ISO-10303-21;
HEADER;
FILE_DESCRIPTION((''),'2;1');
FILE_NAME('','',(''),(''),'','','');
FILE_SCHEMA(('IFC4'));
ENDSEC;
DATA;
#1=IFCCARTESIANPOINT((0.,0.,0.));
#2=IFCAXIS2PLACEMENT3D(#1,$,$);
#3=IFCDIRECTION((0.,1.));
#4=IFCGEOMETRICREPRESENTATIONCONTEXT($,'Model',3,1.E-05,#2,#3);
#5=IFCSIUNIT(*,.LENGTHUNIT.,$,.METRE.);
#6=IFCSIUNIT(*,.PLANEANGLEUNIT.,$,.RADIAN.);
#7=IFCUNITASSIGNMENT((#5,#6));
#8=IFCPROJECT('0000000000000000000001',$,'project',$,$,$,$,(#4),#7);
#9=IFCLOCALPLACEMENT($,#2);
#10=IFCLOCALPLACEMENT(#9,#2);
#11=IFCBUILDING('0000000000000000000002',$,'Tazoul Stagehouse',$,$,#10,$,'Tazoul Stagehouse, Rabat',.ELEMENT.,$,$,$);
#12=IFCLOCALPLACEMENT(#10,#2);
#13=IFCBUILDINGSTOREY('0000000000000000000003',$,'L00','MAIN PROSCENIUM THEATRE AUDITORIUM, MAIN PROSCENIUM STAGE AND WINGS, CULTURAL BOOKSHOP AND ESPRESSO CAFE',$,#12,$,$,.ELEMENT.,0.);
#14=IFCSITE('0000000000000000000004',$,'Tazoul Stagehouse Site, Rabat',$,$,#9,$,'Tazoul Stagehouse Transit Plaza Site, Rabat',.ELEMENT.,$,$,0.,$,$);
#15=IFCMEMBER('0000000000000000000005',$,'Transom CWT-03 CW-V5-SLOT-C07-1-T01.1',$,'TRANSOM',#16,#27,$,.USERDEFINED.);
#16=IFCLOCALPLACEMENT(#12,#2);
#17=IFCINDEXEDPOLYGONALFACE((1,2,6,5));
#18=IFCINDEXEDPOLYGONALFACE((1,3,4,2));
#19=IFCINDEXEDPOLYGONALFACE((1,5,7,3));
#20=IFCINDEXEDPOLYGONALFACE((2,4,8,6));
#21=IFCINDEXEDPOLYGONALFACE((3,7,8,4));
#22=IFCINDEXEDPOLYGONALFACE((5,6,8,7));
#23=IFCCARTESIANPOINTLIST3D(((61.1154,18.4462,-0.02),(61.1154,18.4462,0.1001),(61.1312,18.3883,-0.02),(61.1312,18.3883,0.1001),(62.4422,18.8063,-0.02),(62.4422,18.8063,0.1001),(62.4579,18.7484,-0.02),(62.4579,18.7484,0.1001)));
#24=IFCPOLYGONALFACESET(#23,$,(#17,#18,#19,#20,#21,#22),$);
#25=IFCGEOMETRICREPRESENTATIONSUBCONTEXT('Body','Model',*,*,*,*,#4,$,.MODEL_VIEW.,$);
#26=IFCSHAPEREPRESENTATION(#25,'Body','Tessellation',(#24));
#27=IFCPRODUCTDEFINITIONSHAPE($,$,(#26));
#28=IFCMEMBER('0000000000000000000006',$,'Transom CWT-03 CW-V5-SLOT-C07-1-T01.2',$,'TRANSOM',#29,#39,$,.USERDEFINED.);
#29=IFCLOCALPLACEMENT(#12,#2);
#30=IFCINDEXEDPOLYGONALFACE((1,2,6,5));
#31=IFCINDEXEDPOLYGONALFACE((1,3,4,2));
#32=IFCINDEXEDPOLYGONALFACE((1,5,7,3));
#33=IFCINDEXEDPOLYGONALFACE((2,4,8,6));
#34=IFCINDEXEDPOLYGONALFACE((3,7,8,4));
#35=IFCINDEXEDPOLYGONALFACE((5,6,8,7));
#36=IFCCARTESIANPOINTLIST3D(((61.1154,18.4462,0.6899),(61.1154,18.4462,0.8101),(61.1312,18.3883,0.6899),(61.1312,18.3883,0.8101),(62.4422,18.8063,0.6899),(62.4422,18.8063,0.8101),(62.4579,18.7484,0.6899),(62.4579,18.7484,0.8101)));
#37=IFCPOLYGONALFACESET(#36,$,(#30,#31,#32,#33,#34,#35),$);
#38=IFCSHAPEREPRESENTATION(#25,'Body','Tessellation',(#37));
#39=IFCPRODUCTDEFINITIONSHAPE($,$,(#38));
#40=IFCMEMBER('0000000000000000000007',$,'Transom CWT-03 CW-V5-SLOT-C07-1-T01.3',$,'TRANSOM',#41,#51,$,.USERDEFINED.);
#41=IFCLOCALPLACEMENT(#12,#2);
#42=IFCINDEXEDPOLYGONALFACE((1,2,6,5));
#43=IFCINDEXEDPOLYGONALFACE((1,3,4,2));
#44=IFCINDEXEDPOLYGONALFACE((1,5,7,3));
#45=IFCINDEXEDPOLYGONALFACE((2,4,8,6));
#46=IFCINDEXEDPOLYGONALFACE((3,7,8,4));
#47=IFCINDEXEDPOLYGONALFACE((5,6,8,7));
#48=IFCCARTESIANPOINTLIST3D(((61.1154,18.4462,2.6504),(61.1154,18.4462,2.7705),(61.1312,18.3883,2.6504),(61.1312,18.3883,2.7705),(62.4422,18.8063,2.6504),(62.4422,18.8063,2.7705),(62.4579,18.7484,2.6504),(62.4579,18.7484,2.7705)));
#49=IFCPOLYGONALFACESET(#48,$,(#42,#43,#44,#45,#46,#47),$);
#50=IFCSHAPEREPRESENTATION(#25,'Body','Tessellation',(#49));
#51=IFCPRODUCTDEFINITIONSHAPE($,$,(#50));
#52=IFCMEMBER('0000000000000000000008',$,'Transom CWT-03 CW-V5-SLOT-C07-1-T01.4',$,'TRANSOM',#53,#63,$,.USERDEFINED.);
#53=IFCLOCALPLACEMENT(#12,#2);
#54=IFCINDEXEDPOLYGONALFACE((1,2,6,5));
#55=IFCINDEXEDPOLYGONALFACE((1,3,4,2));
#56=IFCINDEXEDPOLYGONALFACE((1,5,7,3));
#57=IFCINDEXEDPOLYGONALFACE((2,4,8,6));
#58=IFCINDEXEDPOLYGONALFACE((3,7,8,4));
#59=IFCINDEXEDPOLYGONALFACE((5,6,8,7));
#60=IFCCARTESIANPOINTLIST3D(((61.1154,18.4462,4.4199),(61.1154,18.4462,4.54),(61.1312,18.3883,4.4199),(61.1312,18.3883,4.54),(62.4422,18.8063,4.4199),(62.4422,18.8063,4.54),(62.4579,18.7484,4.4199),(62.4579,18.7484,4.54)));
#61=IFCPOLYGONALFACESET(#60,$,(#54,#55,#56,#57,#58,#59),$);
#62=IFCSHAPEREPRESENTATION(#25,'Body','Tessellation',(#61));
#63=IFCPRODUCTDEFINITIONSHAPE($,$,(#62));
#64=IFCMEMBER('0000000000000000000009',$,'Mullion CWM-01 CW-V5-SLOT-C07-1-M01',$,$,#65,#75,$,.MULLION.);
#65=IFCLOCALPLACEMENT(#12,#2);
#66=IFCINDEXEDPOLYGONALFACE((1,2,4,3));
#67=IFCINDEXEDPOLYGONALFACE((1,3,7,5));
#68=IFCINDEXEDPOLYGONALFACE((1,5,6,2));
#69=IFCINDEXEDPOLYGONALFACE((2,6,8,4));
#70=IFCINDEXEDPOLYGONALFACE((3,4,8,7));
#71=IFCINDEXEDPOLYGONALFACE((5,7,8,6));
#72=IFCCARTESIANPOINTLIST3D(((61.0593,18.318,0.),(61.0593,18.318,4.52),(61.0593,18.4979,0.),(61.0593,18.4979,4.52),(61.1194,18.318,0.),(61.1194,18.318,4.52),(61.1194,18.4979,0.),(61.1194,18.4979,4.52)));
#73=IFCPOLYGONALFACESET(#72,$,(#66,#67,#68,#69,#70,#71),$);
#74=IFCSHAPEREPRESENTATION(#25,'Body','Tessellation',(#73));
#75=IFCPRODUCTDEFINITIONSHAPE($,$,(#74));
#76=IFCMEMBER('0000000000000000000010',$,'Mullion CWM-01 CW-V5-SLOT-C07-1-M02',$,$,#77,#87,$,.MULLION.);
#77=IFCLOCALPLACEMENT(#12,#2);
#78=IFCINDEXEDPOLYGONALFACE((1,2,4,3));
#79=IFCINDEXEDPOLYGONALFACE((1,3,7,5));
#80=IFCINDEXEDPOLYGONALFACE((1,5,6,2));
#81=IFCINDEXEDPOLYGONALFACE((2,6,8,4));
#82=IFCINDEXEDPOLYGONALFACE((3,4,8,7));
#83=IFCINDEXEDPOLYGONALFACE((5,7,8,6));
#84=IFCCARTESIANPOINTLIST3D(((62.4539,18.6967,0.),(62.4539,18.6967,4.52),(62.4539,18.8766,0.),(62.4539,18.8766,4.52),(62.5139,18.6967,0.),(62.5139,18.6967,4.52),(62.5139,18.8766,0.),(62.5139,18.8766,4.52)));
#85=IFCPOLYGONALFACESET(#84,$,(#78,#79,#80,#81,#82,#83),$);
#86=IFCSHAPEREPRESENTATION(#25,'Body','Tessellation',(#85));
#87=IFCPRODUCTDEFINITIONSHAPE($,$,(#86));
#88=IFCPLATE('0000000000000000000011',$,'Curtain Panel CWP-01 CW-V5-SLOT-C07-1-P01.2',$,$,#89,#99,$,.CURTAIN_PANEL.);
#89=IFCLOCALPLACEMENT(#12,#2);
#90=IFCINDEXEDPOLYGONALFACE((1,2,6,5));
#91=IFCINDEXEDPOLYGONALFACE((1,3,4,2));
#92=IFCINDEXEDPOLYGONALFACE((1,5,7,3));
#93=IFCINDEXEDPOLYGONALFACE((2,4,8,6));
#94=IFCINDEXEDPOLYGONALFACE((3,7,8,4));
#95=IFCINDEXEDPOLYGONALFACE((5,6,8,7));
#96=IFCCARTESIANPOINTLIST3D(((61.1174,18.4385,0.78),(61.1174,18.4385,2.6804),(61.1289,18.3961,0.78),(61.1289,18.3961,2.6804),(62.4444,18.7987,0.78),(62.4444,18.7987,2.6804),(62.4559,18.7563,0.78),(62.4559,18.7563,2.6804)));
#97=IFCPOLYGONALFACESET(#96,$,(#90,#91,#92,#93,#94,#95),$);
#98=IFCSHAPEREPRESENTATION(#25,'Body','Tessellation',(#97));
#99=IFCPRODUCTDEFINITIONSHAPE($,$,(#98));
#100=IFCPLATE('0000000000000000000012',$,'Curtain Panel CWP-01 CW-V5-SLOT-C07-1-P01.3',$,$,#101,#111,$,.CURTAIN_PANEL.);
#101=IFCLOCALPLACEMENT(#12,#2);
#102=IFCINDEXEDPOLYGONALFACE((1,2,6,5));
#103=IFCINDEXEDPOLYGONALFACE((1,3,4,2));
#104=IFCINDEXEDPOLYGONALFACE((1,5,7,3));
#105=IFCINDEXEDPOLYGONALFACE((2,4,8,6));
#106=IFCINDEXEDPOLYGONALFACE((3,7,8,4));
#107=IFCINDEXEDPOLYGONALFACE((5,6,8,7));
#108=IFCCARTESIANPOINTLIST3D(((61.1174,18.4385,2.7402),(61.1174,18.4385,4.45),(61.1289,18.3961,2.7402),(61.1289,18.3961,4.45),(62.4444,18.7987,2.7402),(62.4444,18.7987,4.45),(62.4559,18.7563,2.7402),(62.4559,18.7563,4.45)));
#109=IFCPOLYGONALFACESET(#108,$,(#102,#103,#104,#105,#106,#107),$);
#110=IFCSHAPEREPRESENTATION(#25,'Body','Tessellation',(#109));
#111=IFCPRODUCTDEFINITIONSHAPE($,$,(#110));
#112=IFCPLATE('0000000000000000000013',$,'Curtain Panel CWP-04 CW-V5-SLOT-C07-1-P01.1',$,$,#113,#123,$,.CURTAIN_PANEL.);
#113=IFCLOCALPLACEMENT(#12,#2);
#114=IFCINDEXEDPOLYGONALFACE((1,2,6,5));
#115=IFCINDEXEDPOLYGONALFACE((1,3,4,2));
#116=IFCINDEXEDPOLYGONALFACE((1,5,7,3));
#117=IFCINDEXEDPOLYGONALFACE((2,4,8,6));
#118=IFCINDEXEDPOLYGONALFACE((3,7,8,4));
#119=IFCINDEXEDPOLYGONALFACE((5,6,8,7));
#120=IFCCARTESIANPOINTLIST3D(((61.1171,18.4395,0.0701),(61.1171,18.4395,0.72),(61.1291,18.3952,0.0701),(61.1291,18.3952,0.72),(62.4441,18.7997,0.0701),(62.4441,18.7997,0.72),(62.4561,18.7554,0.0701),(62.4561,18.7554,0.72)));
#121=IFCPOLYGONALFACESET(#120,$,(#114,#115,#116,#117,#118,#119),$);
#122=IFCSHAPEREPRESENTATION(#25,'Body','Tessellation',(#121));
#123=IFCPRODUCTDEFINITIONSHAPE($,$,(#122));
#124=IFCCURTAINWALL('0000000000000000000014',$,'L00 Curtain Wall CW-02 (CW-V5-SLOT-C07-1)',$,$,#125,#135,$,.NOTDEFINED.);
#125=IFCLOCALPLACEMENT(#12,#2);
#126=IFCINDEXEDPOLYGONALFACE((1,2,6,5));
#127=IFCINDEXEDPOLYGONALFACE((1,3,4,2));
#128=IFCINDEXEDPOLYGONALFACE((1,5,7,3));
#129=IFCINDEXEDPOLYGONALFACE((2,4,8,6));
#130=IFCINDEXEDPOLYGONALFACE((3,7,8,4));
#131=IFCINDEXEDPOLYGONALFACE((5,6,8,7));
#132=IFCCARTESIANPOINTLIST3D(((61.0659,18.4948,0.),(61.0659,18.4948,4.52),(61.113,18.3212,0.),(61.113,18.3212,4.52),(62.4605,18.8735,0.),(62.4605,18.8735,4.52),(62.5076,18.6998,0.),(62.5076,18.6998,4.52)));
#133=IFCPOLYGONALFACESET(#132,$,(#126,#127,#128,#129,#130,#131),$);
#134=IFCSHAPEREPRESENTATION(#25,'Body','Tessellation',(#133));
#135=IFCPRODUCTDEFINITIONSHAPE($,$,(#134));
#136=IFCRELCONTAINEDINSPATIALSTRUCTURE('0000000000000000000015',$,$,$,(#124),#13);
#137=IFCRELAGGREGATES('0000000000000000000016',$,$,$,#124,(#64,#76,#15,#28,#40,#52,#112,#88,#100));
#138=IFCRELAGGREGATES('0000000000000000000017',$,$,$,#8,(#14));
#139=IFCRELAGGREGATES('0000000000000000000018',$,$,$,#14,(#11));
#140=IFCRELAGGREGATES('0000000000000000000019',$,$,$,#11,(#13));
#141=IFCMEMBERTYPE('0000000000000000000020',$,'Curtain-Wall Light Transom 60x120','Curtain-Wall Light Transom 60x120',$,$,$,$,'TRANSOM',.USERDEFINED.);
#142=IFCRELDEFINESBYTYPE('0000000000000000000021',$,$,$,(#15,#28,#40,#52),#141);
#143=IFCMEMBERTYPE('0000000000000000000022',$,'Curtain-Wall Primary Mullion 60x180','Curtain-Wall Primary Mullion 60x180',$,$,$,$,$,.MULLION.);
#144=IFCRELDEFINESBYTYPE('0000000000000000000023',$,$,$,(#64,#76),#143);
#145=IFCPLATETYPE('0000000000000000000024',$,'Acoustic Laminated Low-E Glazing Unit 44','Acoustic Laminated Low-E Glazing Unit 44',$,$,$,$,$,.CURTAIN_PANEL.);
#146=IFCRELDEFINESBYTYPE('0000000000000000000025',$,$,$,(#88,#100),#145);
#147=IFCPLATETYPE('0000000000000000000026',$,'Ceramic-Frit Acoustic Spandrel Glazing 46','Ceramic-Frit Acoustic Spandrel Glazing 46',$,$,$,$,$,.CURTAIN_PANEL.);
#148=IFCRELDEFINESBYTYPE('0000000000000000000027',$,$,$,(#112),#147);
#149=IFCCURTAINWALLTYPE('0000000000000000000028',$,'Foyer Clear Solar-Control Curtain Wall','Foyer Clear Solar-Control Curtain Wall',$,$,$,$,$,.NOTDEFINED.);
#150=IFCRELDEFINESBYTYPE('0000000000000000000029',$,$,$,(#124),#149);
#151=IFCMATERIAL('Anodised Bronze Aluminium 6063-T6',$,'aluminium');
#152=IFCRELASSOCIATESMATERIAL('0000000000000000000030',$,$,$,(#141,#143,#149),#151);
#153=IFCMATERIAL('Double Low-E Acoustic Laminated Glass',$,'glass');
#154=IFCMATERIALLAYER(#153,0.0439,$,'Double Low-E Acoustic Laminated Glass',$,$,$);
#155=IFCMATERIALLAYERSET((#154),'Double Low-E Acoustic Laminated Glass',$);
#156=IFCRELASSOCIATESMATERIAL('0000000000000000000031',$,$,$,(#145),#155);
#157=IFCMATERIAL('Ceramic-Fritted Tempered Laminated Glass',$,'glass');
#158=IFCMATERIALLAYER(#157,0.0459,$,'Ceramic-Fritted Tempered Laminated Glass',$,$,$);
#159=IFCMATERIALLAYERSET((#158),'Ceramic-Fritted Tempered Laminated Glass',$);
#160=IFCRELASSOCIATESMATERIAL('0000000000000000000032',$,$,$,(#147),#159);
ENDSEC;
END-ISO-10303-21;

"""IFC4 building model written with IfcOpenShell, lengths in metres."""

from ifc_helpers import new_model, si_unit, direction, frame, frame_2d, origin, origin_2d, place, context, subcontext, project, spatial, rectangle, extrude, material, layer, layer_set, material_profile, profile_set, type_object, element, aggregate, save


model = new_model("IFC4")

# Units and contexts
model_context = context("Model", 3, precision=1e-05, world=origin(), true_north=direction((0.0, 1.0)))
body_context = subcontext(model_context, "Body", "Model", "MODEL_VIEW")
ifc_project = project(units=[si_unit("LENGTHUNIT", "METRE"), si_unit("PLANEANGLEUNIT", "RADIAN")], contexts=[model_context])

# Members
ifc_material_1 = material(Name="Anodised Bronze Aluminium 6063-T6", Category="aluminium")
ifc_material_profile_1 = material_profile(ifc_material_1, rectangle(XDim=0.0601, YDim=0.1201, at=origin_2d()), Name="ALU TRANSOM 60x120")
ifc_profile_set_1 = profile_set([ifc_material_profile_1], Name="Anodised Bronze Aluminium 6063-T6")
member_type_1 = type_object("IfcMemberType", Name="Curtain-Wall Light Transom 60x120", Description="Curtain-Wall Light Transom 60x120", ElementType="TRANSOM", PredefinedType="USERDEFINED", material=ifc_profile_set_1)
site_placement = place(None, origin())
building_placement = place(site_placement, origin())
storey_placement = place(building_placement, origin())
member_1_placement = place(storey_placement, frame((61.1233, 18.4172, 0.04), z_axis=(0.965079, 0.26196, 0.0), x_axis=(-0.26196, 0.965079, 0.0)))
member_1 = element("IfcMember", 1, at=member_1_placement, type_object=member_type_1, Name="Transom CWT-03 CW-V5-SLOT-C07-1-T01.1", ObjectType="TRANSOM", PredefinedType="USERDEFINED", context=body_context, shape_type="SweptSolid", body=[
    extrude(rectangle(XDim=0.0601, YDim=0.1201, at=origin_2d()), origin(), (0.0, 0.0, 1.0), 1.3748),
])
member_2_placement = place(storey_placement, frame((61.1233, 18.4172, 0.75), z_axis=(0.965079, 0.26196, 0.0), x_axis=(-0.26196, 0.965079, 0.0)))
member_2 = element("IfcMember", 2, at=member_2_placement, type_object=member_type_1, Name="Transom CWT-03 CW-V5-SLOT-C07-1-T01.2", ObjectType="TRANSOM", PredefinedType="USERDEFINED", context=body_context, shape_type="SweptSolid", body=[
    extrude(rectangle(XDim=0.0601, YDim=0.1201, at=origin_2d()), origin(), (0.0, 0.0, 1.0), 1.3748),
])
member_3_placement = place(storey_placement, frame((61.1233, 18.4172, 2.7104), z_axis=(0.965079, 0.26196, 0.0), x_axis=(-0.26196, 0.965079, 0.0)))
member_3 = element("IfcMember", 3, at=member_3_placement, type_object=member_type_1, Name="Transom CWT-03 CW-V5-SLOT-C07-1-T01.3", ObjectType="TRANSOM", PredefinedType="USERDEFINED", context=body_context, shape_type="SweptSolid", body=[
    extrude(rectangle(XDim=0.0601, YDim=0.1201, at=origin_2d()), origin(), (0.0, 0.0, 1.0), 1.3748),
])
member_4_placement = place(storey_placement, frame((61.1233, 18.4172, 4.48), z_axis=(0.965079, 0.26196, 0.0), x_axis=(-0.26196, 0.965079, 0.0)))
member_4 = element("IfcMember", 4, at=member_4_placement, type_object=member_type_1, Name="Transom CWT-03 CW-V5-SLOT-C07-1-T01.4", ObjectType="TRANSOM", PredefinedType="USERDEFINED", context=body_context, shape_type="SweptSolid", body=[
    extrude(rectangle(XDim=0.0601, YDim=0.1201, at=origin_2d()), origin(), (0.0, 0.0, 1.0), 1.3748),
])
ifc_material_profile_2 = material_profile(ifc_material_1, rectangle(XDim=0.0601, YDim=0.1799, at=origin_2d()), Name="ALU MULLION 60x180")
ifc_profile_set_2 = profile_set([ifc_material_profile_2], Name="Anodised Bronze Aluminium 6063-T6")
member_type_2 = type_object("IfcMemberType", Name="Curtain-Wall Primary Mullion 60x180", Description="Curtain-Wall Primary Mullion 60x180", PredefinedType="MULLION", material=ifc_profile_set_2)
member_5_placement = place(storey_placement, frame((61.0894, 18.408, 0.0), z_axis=(0.0, 0.0, 1.0), x_axis=(1.0, 0.0, 0.0)))
member_5 = element("IfcMember", 5, at=member_5_placement, type_object=member_type_2, Name="Mullion CWM-01 CW-V5-SLOT-C07-1-M01", PredefinedType="MULLION", context=body_context, shape_type="SweptSolid", body=[
    extrude(rectangle(XDim=0.0601, YDim=0.1799, at=origin_2d()), origin(), (0.0, 0.0, 1.0), 4.52),
])
member_6_placement = place(storey_placement, frame((62.4839, 18.7866, 0.0), z_axis=(0.0, 0.0, 1.0), x_axis=(1.0, 0.0, 0.0)))
member_6 = element("IfcMember", 6, at=member_6_placement, type_object=member_type_2, Name="Mullion CWM-01 CW-V5-SLOT-C07-1-M02", PredefinedType="MULLION", context=body_context, shape_type="SweptSolid", body=[
    extrude(rectangle(XDim=0.0601, YDim=0.1799, at=origin_2d()), origin(), (0.0, 0.0, 1.0), 4.52),
])

# Site, building, storey
site = spatial("IfcSite", under=ifc_project, at=site_placement, Name="Tazoul Stagehouse Site, Rabat", LongName="Tazoul Stagehouse Transit Plaza Site, Rabat", CompositionType="ELEMENT", RefElevation=0.0)
building = spatial("IfcBuilding", under=site, at=building_placement, Name="Tazoul Stagehouse", LongName="Tazoul Stagehouse, Rabat", CompositionType="ELEMENT")
storey = spatial("IfcBuildingStorey", under=building, at=storey_placement, Name="L00", Description="MAIN PROSCENIUM THEATRE AUDITORIUM, MAIN PROSCENIUM STAGE AND WINGS, CULTURAL BOOKSHOP AND ESPRESSO CAFE", CompositionType="ELEMENT", Elevation=0.0)

# Plates
ifc_material_2 = material(Name="Double Low-E Acoustic Laminated Glass", Category="glass")
ifc_layer_1 = layer(ifc_material_2, 0.0439, Name="Double Low-E Acoustic Laminated Glass")
ifc_layer_set_1 = layer_set([ifc_layer_1], Name="Double Low-E Acoustic Laminated Glass")
plate_type_1 = type_object("IfcPlateType", Name="Acoustic Laminated Low-E Glazing Unit 44", Description="Acoustic Laminated Low-E Glazing Unit 44", PredefinedType="CURTAIN_PANEL", material=ifc_layer_set_1)
plate_1_placement = place(storey_placement, frame((61.7866, 18.5974, 0.78), z_axis=(0.0, 0.0, 1.0), x_axis=(0.965078, 0.261963, 0.0)))
plate_1 = element("IfcPlate", 7, at=plate_1_placement, type_object=plate_type_1, Name="Curtain Panel CWP-01 CW-V5-SLOT-C07-1-P01.2", PredefinedType="CURTAIN_PANEL", context=body_context, shape_type="SweptSolid", body=[
    extrude(rectangle(XDim=1.375, YDim=0.0439, at=origin_2d()), origin(), (0.0, 0.0, 1.0), 1.9004),
])
plate_2_placement = place(storey_placement, frame((61.7866, 18.5974, 2.7402), z_axis=(0.0, 0.0, 1.0), x_axis=(0.965078, 0.261963, 0.0)))
plate_2 = element("IfcPlate", 8, at=plate_2_placement, type_object=plate_type_1, Name="Curtain Panel CWP-01 CW-V5-SLOT-C07-1-P01.3", PredefinedType="CURTAIN_PANEL", context=body_context, shape_type="SweptSolid", body=[
    extrude(rectangle(XDim=1.375, YDim=0.0439, at=origin_2d()), origin(), (0.0, 0.0, 1.0), 1.7097),
])
ifc_material_3 = material(Name="Ceramic-Fritted Tempered Laminated Glass", Category="glass")
ifc_layer_2 = layer(ifc_material_3, 0.0459, Name="Ceramic-Fritted Tempered Laminated Glass")
ifc_layer_set_2 = layer_set([ifc_layer_2], Name="Ceramic-Fritted Tempered Laminated Glass")
plate_type_2 = type_object("IfcPlateType", Name="Ceramic-Frit Acoustic Spandrel Glazing 46", Description="Ceramic-Frit Acoustic Spandrel Glazing 46", PredefinedType="CURTAIN_PANEL", material=ifc_layer_set_2)
plate_3_placement = place(storey_placement, frame((61.7866, 18.5974, 0.0701), z_axis=(0.0, 0.0, 1.0), x_axis=(0.965078, 0.261963, 0.0)))
plate_3 = element("IfcPlate", 9, at=plate_3_placement, type_object=plate_type_2, Name="Curtain Panel CWP-04 CW-V5-SLOT-C07-1-P01.1", PredefinedType="CURTAIN_PANEL", context=body_context, shape_type="SweptSolid", body=[
    extrude(rectangle(XDim=1.375, YDim=0.0459, at=origin_2d()), origin(), (0.0, 0.0, 1.0), 0.6499),
])

# Curtain wall
curtain_wall_type = type_object("IfcCurtainWallType", Name="Foyer Clear Solar-Control Curtain Wall", Description="Foyer Clear Solar-Control Curtain Wall", PredefinedType="NOTDEFINED", material=ifc_material_1)
curtain_wall_1_placement = place(storey_placement, frame((61.0894, 18.408, 0.0), z_axis=(0.0, 0.0, 1.0), x_axis=(0.965056, 0.262045, 0.0)))
curtain_wall_1 = element("IfcCurtainWall", 10, at=curtain_wall_1_placement, inside=storey, type_object=curtain_wall_type, Name="L00 Curtain Wall CW-02 (CW-V5-SLOT-C07-1)", PredefinedType="NOTDEFINED", context=body_context, shape_type="SweptSolid", body=[
    extrude(rectangle(XDim=1.4451, YDim=0.1799, at=frame_2d((0.7227, 0.0))), origin(), (0.0, 0.0, 1.0), 4.52),
])
aggregate(curtain_wall_1, [member_5, member_6, member_1, member_2, member_3, member_4, plate_3, plate_1, plate_2])

save(model, "model.ifc")
